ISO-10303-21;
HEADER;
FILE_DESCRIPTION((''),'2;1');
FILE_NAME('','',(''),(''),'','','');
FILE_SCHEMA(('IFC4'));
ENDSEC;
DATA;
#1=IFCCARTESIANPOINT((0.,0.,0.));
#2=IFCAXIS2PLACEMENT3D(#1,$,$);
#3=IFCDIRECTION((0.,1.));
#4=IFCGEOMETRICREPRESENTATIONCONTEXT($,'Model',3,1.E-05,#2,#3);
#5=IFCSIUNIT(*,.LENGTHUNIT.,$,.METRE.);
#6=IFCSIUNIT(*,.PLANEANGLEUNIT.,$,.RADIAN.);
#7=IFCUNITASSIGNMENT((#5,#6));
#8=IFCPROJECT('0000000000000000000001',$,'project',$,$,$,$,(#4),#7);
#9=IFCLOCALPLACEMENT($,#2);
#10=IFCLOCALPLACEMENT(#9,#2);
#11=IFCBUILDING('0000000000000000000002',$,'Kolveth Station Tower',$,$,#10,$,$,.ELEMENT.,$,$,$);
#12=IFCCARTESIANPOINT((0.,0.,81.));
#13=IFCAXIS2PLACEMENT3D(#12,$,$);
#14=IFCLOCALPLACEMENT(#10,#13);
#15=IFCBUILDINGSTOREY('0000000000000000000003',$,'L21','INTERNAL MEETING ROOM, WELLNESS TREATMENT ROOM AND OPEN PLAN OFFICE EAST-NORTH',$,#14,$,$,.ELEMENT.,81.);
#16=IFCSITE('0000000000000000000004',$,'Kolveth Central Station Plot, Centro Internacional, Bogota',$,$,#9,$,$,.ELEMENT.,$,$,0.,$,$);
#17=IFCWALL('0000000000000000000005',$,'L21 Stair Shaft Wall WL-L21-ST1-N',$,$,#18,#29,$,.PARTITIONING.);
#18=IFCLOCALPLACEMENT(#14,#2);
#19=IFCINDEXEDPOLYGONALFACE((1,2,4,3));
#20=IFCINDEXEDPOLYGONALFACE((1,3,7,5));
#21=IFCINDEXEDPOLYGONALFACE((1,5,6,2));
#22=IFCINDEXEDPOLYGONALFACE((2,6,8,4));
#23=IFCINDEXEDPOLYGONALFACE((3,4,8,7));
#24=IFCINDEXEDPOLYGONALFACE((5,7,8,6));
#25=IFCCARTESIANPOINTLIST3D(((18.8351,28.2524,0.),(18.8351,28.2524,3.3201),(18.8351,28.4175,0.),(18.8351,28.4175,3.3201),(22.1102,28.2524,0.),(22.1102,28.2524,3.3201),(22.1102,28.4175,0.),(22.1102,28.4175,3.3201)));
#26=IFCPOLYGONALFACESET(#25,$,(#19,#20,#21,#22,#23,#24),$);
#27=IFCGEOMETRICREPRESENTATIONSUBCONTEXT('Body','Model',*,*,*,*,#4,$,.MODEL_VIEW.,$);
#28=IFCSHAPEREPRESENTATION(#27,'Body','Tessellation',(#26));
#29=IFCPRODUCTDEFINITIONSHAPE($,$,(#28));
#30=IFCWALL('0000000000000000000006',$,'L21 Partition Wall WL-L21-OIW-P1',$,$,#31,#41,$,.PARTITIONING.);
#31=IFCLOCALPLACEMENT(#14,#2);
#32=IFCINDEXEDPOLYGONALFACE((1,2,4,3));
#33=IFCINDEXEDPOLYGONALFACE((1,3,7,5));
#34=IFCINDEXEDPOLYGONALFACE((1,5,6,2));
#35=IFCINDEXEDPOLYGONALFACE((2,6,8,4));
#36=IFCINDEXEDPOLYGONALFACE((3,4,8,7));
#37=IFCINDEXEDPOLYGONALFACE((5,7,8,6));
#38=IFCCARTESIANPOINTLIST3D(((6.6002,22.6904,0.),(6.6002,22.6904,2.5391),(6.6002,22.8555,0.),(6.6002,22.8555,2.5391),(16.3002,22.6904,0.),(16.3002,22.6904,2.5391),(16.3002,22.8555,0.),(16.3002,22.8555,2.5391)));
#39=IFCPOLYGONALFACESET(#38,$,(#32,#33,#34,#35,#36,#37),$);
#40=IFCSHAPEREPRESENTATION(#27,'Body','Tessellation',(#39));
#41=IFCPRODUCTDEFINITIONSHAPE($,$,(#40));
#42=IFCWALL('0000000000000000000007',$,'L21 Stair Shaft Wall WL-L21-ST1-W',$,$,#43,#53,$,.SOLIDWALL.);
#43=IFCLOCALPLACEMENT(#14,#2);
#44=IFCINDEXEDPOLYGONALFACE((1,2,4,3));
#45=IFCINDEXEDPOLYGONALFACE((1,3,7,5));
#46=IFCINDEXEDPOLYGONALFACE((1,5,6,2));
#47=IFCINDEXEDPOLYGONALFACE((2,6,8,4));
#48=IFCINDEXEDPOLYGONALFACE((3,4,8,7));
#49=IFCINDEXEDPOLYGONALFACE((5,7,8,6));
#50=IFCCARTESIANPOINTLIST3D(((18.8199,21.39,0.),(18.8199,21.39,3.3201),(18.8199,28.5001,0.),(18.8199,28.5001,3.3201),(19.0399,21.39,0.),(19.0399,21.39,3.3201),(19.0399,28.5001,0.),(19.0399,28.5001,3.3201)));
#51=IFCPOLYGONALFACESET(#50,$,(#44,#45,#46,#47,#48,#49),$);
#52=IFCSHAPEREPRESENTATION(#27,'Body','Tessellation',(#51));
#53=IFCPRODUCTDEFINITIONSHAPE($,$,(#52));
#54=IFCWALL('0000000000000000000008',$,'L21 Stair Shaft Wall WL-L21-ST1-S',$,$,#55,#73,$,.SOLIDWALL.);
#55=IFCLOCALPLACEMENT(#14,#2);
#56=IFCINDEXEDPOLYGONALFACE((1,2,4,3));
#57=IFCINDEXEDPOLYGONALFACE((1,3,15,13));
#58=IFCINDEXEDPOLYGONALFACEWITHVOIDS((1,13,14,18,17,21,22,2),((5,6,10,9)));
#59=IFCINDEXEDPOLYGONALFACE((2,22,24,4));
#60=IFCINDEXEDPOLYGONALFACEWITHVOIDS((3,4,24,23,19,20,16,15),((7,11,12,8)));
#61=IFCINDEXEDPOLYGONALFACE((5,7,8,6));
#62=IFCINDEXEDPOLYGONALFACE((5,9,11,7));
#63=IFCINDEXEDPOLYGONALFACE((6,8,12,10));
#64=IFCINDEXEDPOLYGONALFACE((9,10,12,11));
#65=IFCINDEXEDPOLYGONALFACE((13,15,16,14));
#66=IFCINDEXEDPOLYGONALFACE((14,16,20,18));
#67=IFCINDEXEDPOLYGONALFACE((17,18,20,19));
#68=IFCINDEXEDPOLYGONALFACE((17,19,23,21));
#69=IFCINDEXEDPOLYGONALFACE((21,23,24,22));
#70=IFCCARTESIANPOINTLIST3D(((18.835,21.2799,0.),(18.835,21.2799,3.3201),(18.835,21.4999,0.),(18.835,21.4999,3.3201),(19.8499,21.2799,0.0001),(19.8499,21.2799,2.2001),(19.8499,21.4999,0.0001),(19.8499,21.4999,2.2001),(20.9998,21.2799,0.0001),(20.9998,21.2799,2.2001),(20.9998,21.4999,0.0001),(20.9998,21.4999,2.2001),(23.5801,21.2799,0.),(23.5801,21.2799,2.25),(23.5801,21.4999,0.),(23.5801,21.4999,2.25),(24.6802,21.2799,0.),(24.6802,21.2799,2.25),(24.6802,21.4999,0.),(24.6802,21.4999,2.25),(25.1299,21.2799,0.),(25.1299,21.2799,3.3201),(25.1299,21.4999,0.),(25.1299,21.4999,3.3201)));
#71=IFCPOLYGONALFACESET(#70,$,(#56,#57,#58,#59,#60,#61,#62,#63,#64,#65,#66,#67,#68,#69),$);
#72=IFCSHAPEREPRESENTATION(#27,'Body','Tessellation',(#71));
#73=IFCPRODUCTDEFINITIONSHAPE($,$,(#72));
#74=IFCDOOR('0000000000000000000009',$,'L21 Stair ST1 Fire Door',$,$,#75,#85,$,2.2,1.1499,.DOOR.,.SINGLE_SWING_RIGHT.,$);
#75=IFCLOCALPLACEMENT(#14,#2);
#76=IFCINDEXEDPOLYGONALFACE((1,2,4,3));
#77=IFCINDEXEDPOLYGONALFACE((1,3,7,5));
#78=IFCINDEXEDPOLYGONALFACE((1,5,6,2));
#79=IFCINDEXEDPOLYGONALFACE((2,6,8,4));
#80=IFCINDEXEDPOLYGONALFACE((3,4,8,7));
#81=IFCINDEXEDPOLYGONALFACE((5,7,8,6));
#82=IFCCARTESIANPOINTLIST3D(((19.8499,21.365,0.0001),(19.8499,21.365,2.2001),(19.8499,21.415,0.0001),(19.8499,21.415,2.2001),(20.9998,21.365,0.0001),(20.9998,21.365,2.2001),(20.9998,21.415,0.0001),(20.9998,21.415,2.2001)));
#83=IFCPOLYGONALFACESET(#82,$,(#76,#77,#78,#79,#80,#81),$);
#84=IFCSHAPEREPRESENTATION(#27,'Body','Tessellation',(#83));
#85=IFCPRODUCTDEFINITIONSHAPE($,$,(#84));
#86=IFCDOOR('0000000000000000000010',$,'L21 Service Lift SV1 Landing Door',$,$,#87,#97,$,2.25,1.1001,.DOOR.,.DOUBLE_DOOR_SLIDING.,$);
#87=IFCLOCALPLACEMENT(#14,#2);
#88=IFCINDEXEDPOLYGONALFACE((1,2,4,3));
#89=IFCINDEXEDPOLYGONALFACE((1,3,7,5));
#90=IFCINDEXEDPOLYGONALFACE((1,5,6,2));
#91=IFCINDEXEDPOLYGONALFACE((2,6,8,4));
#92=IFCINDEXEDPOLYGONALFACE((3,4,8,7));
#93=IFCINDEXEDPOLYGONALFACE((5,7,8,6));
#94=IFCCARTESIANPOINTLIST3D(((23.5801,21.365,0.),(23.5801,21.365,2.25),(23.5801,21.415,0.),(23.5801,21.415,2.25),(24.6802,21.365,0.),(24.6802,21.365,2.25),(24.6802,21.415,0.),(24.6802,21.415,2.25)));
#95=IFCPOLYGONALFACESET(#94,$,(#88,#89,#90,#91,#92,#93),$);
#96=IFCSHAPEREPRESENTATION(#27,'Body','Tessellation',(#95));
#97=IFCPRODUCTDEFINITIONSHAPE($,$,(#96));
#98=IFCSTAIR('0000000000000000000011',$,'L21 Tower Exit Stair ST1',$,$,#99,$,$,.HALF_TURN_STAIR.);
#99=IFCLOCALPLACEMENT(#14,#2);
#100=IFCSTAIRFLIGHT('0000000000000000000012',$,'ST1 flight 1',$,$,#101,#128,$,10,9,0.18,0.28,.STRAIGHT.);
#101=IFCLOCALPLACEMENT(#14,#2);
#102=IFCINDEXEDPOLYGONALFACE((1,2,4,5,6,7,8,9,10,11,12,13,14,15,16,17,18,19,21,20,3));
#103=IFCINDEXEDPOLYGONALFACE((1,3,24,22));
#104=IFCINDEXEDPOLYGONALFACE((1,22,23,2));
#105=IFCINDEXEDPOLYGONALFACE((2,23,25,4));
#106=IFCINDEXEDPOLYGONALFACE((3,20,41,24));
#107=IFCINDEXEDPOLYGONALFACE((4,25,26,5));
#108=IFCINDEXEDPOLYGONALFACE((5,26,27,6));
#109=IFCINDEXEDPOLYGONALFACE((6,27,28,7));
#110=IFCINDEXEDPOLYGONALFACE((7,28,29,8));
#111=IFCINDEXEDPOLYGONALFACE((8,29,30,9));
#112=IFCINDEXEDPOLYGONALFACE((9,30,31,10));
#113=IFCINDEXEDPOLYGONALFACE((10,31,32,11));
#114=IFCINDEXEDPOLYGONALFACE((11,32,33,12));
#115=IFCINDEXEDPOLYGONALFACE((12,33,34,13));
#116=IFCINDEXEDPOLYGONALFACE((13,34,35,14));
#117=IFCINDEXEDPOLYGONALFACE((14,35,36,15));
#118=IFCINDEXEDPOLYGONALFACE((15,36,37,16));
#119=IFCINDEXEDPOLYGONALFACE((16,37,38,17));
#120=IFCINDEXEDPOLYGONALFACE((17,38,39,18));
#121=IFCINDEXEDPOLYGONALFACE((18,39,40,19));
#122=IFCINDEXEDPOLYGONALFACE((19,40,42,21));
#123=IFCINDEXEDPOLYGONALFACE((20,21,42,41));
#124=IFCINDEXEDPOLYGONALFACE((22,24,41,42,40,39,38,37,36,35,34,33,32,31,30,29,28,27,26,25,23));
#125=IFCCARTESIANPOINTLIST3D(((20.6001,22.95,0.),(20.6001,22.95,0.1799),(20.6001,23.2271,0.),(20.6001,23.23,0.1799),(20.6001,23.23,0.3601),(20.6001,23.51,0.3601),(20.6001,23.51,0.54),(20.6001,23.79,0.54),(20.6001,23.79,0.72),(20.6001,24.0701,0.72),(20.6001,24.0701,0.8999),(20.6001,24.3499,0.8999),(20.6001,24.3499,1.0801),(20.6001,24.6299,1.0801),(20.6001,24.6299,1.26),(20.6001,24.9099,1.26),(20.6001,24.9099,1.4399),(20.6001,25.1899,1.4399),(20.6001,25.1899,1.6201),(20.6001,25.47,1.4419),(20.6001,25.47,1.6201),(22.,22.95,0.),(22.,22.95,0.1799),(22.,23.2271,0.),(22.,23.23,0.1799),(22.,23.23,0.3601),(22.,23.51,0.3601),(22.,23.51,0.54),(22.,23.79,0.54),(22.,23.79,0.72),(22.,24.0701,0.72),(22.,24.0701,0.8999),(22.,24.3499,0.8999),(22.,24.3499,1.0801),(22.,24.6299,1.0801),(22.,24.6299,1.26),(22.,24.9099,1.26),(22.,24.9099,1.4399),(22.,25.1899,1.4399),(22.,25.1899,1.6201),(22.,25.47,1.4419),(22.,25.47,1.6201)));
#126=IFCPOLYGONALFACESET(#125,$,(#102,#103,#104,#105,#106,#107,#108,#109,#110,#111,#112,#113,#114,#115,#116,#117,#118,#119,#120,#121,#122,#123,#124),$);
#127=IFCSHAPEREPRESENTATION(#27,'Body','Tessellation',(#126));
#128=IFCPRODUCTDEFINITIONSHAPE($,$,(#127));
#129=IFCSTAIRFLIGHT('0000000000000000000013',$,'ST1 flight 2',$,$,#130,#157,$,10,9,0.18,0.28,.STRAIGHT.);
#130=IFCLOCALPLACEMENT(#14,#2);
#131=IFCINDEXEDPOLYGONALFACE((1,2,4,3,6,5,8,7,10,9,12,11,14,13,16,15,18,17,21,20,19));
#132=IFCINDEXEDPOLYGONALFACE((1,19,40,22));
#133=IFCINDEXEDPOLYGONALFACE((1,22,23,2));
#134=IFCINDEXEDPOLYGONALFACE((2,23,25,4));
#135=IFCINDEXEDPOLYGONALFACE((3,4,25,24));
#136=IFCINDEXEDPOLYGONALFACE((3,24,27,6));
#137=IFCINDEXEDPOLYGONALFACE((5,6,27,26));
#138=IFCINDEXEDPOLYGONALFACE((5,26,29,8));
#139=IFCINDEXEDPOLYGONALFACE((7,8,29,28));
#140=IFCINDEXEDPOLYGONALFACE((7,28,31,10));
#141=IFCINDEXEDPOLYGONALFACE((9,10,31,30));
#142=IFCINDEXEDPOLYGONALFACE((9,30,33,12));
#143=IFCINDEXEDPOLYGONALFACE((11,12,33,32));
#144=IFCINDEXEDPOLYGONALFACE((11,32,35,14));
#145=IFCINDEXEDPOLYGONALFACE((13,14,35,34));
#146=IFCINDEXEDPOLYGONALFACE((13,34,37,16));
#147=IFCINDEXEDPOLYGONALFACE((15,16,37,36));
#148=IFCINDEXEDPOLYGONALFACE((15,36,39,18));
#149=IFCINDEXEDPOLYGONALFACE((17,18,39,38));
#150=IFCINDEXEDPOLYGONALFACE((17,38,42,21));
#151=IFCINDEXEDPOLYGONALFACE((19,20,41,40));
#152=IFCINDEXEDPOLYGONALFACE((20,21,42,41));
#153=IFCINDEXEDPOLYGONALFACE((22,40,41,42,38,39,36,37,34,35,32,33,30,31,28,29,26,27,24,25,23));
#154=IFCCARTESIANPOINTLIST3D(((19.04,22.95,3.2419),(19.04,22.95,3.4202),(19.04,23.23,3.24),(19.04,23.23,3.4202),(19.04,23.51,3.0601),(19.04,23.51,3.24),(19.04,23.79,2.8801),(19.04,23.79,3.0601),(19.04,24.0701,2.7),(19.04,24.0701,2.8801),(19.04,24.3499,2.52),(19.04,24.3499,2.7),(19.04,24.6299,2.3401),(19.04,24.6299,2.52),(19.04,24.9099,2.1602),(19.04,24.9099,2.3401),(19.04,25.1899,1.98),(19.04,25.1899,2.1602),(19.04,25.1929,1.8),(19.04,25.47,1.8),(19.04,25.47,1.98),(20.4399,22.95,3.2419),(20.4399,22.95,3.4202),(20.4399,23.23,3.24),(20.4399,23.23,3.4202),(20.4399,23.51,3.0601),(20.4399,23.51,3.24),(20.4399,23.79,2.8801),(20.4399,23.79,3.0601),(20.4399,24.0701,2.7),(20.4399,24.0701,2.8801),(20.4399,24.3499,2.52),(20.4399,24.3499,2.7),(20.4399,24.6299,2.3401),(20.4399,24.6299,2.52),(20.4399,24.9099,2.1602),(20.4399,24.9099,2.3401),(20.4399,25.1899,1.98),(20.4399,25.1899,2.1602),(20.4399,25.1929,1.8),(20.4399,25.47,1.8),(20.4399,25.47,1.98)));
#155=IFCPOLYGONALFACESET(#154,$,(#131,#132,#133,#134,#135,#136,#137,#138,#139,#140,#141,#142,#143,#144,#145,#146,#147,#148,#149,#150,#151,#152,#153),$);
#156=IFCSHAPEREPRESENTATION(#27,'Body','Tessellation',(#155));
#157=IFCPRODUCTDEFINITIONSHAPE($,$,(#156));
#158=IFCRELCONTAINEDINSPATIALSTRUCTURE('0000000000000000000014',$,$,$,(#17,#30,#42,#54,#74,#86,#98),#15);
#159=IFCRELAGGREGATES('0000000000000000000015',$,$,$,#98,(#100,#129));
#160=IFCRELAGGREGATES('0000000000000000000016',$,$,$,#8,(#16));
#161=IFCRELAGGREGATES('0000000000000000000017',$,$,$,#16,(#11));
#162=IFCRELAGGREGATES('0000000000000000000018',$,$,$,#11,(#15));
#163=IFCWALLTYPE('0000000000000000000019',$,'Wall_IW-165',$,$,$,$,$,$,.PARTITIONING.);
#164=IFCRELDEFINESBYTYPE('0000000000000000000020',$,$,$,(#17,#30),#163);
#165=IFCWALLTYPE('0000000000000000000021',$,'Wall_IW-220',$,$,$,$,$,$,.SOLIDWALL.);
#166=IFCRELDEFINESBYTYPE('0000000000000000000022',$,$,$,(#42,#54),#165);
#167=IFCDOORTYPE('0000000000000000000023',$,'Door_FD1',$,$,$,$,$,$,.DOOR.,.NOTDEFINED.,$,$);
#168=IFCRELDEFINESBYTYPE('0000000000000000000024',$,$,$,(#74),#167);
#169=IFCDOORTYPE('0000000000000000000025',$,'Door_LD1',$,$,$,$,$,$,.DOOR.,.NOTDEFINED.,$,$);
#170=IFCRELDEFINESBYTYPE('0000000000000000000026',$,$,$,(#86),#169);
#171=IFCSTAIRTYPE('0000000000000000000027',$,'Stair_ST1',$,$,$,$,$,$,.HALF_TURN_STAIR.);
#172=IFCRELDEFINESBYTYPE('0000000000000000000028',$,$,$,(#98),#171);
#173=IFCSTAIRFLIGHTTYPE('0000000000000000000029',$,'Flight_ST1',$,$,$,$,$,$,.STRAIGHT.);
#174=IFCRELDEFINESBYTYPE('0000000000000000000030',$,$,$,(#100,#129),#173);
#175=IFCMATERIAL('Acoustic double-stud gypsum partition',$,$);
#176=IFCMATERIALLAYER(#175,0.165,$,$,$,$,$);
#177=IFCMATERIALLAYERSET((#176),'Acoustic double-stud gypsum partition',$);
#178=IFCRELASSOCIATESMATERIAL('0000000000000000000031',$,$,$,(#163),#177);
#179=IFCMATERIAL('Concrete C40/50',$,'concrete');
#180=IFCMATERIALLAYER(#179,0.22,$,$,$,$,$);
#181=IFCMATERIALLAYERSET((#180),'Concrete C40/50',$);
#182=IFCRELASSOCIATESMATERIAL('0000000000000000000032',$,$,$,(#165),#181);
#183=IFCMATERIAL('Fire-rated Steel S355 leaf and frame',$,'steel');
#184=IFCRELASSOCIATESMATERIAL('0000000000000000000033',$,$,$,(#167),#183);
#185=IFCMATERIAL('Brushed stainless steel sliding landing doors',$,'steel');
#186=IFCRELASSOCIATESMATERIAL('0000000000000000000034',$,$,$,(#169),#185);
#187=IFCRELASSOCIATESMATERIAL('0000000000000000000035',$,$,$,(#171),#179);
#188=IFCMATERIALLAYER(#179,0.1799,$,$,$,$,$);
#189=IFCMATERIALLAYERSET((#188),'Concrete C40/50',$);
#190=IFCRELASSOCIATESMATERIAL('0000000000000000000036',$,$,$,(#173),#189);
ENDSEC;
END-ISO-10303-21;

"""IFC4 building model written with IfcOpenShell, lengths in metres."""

from ifc_helpers import new_model, si_unit, direction, frame, frame_2d, origin, place, context, subcontext, project, spatial, polyline, rectangle, outline, extrude, material, layer, layer_set, type_object, element, fill, aggregate, save


model = new_model("IFC4")

# Units and contexts
model_context = context("Model", 3, precision=1e-05, world=origin(), true_north=direction((0.0, 1.0)))
body_context = subcontext(model_context, "Body", "Model", "MODEL_VIEW")
ifc_project = project(units=[si_unit("LENGTHUNIT", "METRE"), si_unit("PLANEANGLEUNIT", "RADIAN")], contexts=[model_context])

# Site, building, storey
site_placement = place(None, origin())
site = spatial("IfcSite", under=ifc_project, at=site_placement, Name="Kolveth Central Station Plot, Centro Internacional, Bogota", CompositionType="ELEMENT", RefElevation=0.0)
building_placement = place(site_placement, origin())
building = spatial("IfcBuilding", under=site, at=building_placement, Name="Kolveth Station Tower", CompositionType="ELEMENT")
storey_placement = place(building_placement, frame((0.0, 0.0, 81.0)))
storey = spatial("IfcBuildingStorey", under=building, at=storey_placement, Name="L21", Description="INTERNAL MEETING ROOM, WELLNESS TREATMENT ROOM AND OPEN PLAN OFFICE EAST-NORTH", CompositionType="ELEMENT", Elevation=81.0)

# Walls
ifc_material_1 = material(Name="Acoustic double-stud gypsum partition")
ifc_layer_1 = layer(ifc_material_1, 0.165)
ifc_layer_set_1 = layer_set([ifc_layer_1], Name="Acoustic double-stud gypsum partition")
wall_type_1 = type_object("IfcWallType", Name="Wall_IW-165", PredefinedType="PARTITIONING", material=ifc_layer_set_1)
wall_1_placement = place(storey_placement, frame((18.835, 28.335, 0.0), z_axis=(0.0, 0.0, 1.0), x_axis=(1.0, 0.0, 0.0)))
element("IfcWall", 1, at=wall_1_placement, inside=storey, type_object=wall_type_1, Name="L21 Stair Shaft Wall WL-L21-ST1-N", PredefinedType="PARTITIONING", context=body_context, shape_type="SweptSolid", body=[
    extrude(rectangle(XDim=3.2751, YDim=0.165, at=frame_2d((1.6377, 0.0))), origin(), (0.0, 0.0, 1.0), 3.3201),
])
wall_2_placement = place(storey_placement, frame((6.6001, 22.7729, 0.0), z_axis=(0.0, 0.0, 1.0), x_axis=(1.0, 0.0, 0.0)))
element("IfcWall", 2, at=wall_2_placement, inside=storey, type_object=wall_type_1, Name="L21 Partition Wall WL-L21-OIW-P1", PredefinedType="PARTITIONING", context=body_context, shape_type="SweptSolid", body=[
    extrude(rectangle(XDim=9.7, YDim=0.165, at=frame_2d((4.8501, 0.0))), origin(), (0.0, 0.0, 1.0), 2.5391),
])
ifc_material_2 = material(Name="Concrete C40/50", Category="concrete")
ifc_layer_2 = layer(ifc_material_2, 0.22)
ifc_layer_set_2 = layer_set([ifc_layer_2], Name="Concrete C40/50")
wall_type_2 = type_object("IfcWallType", Name="Wall_IW-220", PredefinedType="SOLIDWALL", material=ifc_layer_set_2)
wall_3_placement = place(storey_placement, frame((18.9299, 21.3899, 0.0), z_axis=(0.0, 0.0, 1.0), x_axis=(0.0, 1.0, 0.0)))
element("IfcWall", 3, at=wall_3_placement, inside=storey, type_object=wall_type_2, Name="L21 Stair Shaft Wall WL-L21-ST1-W", PredefinedType="SOLIDWALL", context=body_context, shape_type="SweptSolid", body=[
    extrude(rectangle(XDim=7.1101, YDim=0.22, at=frame_2d((3.5552, 0.0))), origin(), (0.0, 0.0, 1.0), 3.3201),
])

# Wall, openings, doors
wall_4_placement = place(storey_placement, frame((18.835, 21.3899, 0.0), z_axis=(0.0, 0.0, 1.0), x_axis=(1.0, 0.0, 0.0)))
wall_4 = element("IfcWall", 4, at=wall_4_placement, inside=storey, type_object=wall_type_2, Name="L21 Stair Shaft Wall WL-L21-ST1-S", PredefinedType="SOLIDWALL", context=body_context, shape_type="SweptSolid", body=[
    extrude(rectangle(XDim=6.2949, YDim=0.22, at=frame_2d((3.1475, 0.0))), origin(), (0.0, 0.0, 1.0), 3.3201),
])
opening_1_placement = place(wall_4_placement, frame((1.0149, 0.0, 0.0)))
opening_1 = element("IfcOpeningElement", 5, at=opening_1_placement, cuts=wall_4, PredefinedType="OPENING", context=body_context, shape_type="SweptSolid", body=[
    extrude(rectangle(XDim=1.1499, YDim=2.2, at=frame_2d((0.575, 1.1001))), frame((0.0, 0.1199, 0.0), z_axis=(0.0, -1.0, 0.0), x_axis=(1.0, 0.0, 0.0)), (0.0, 0.0, 1.0), 0.24),
])
opening_2_placement = place(wall_4_placement, frame((4.7451, 0.0, 0.0)))
opening_2 = element("IfcOpeningElement", 6, at=opening_2_placement, cuts=wall_4, PredefinedType="OPENING", context=body_context, shape_type="SweptSolid", body=[
    extrude(rectangle(XDim=1.1001, YDim=2.25, at=frame_2d((0.55, 1.125))), frame((0.0, 0.1199, 0.0), z_axis=(0.0, -1.0, 0.0), x_axis=(1.0, 0.0, 0.0)), (0.0, 0.0, 1.0), 0.24),
])
ifc_material_3 = material(Name="Fire-rated Steel S355 leaf and frame", Category="steel")
door_type_1 = type_object("IfcDoorType", Name="Door_FD1", OperationType="NOTDEFINED", PredefinedType="DOOR", material=ifc_material_3)
door_1_placement = place(opening_1_placement, frame((1.1499, 0.0, 0.0), z_axis=(0.0, 0.0, 1.0), x_axis=(-1.0, 0.0, 0.0)))
door_1 = element("IfcDoor", 7, at=door_1_placement, inside=storey, type_object=door_type_1, Name="L21 Stair ST1 Fire Door", OperationType="SINGLE_SWING_RIGHT", OverallHeight=2.2, OverallWidth=1.1499, PredefinedType="DOOR", context=body_context, shape_type="SweptSolid", body=[
    extrude(rectangle(XDim=1.1499, YDim=2.2, at=frame_2d((0.575, 1.1001))), frame((0.0, 0.0249, 0.0), z_axis=(0.0, -1.0, 0.0), x_axis=(1.0, 0.0, 0.0)), (0.0, 0.0, 1.0), 0.05),
])
fill(opening_1, door_1)
ifc_material_4 = material(Name="Brushed stainless steel sliding landing doors", Category="steel")
door_type_2 = type_object("IfcDoorType", Name="Door_LD1", OperationType="NOTDEFINED", PredefinedType="DOOR", material=ifc_material_4)
door_2_placement = place(opening_2_placement, frame((1.1001, 0.0, 0.0), z_axis=(0.0, 0.0, 1.0), x_axis=(-1.0, 0.0, 0.0)))
door_2 = element("IfcDoor", 8, at=door_2_placement, inside=storey, type_object=door_type_2, Name="L21 Service Lift SV1 Landing Door", OperationType="DOUBLE_DOOR_SLIDING", OverallHeight=2.25, OverallWidth=1.1001, PredefinedType="DOOR", context=body_context, shape_type="SweptSolid", body=[
    extrude(rectangle(XDim=1.1001, YDim=2.25, at=frame_2d((0.55, 1.125))), frame((0.0, 0.0249, 0.0), z_axis=(0.0, -1.0, 0.0), x_axis=(1.0, 0.0, 0.0)), (0.0, 0.0, 1.0), 0.05),
])
fill(opening_2, door_2)

# Stair, stair flights
stair_type = type_object("IfcStairType", Name="Stair_ST1", PredefinedType="HALF_TURN_STAIR", material=ifc_material_2)
stair_placement = place(storey_placement, origin())
stair = element("IfcStair", 9, at=stair_placement, inside=storey, type_object=stair_type, Name="L21 Tower Exit Stair ST1", PredefinedType="HALF_TURN_STAIR")
ifc_layer_3 = layer(ifc_material_2, 0.1799)
ifc_layer_set_3 = layer_set([ifc_layer_3], Name="Concrete C40/50")
stair_flight_type = type_object("IfcStairFlightType", Name="Flight_ST1", PredefinedType="STRAIGHT", material=ifc_layer_set_3)
stair_flight_1_placement = place(storey_placement, frame((21.3, 22.95, 0.0), z_axis=(0.0, 0.0, 1.0), x_axis=(0.0, 1.0, 0.0)))
stair_flight_1 = element("IfcStairFlight", 10, at=stair_flight_1_placement, type_object=stair_flight_type, Name="ST1 flight 1", NumberOfRisers=10, NumberOfTreads=9, PredefinedType="STRAIGHT", RiserHeight=0.18, TreadLength=0.28, context=body_context, shape_type="SweptSolid", body=[
    extrude(outline(polyline([(0.0, 0.0), (0.0, 0.1799), (0.28, 0.1799), (0.28, 0.3601), (0.5601, 0.3601), (0.5601, 0.54), (0.8401, 0.54), (0.8401, 0.72), (1.1201, 0.72), (1.1201, 0.8999), (1.3999, 0.8999), (1.3999, 1.0801), (1.6799, 1.0801), (1.6799, 1.26), (1.96, 1.26), (1.96, 1.4399), (2.24, 1.4399), (2.24, 1.6201), (2.52, 1.6201), (2.52, 1.8), (2.52, 1.4419), (0.2771, 0.0), (0.0, 0.0)])), frame((0.0, 0.7, 0.0), z_axis=(0.0, -1.0, 0.0), x_axis=(1.0, 0.0, 0.0)), (0.0, 0.0, 1.0), 1.3999),
])
stair_flight_2_placement = place(storey_placement, frame((19.74, 25.47, 1.8), z_axis=(0.0, 0.0, 1.0), x_axis=(0.0, -1.0, 0.0)))
stair_flight_2 = element("IfcStairFlight", 11, at=stair_flight_2_placement, type_object=stair_flight_type, Name="ST1 flight 2", NumberOfRisers=10, NumberOfTreads=9, PredefinedType="STRAIGHT", RiserHeight=0.18, TreadLength=0.28, context=body_context, shape_type="SweptSolid", body=[
    extrude(outline(polyline([(0.0, 0.0), (0.0, 0.1799), (0.28, 0.1799), (0.28, 0.3601), (0.5601, 0.3601), (0.5601, 0.54), (0.8401, 0.54), (0.8401, 0.72), (1.1201, 0.72), (1.1201, 0.8999), (1.3999, 0.8999), (1.3999, 1.0801), (1.6799, 1.0801), (1.6799, 1.26), (1.96, 1.26), (1.96, 1.4399), (2.24, 1.4399), (2.24, 1.6201), (2.52, 1.6201), (2.52, 1.8), (2.52, 1.4419), (0.2771, 0.0), (0.0, 0.0)])), frame((0.0, 0.7, 0.0), z_axis=(0.0, -1.0, 0.0), x_axis=(1.0, 0.0, 0.0)), (0.0, 0.0, 1.0), 1.3999),
])
aggregate(stair, [stair_flight_1, stair_flight_2])

save(model, "model.ifc")
